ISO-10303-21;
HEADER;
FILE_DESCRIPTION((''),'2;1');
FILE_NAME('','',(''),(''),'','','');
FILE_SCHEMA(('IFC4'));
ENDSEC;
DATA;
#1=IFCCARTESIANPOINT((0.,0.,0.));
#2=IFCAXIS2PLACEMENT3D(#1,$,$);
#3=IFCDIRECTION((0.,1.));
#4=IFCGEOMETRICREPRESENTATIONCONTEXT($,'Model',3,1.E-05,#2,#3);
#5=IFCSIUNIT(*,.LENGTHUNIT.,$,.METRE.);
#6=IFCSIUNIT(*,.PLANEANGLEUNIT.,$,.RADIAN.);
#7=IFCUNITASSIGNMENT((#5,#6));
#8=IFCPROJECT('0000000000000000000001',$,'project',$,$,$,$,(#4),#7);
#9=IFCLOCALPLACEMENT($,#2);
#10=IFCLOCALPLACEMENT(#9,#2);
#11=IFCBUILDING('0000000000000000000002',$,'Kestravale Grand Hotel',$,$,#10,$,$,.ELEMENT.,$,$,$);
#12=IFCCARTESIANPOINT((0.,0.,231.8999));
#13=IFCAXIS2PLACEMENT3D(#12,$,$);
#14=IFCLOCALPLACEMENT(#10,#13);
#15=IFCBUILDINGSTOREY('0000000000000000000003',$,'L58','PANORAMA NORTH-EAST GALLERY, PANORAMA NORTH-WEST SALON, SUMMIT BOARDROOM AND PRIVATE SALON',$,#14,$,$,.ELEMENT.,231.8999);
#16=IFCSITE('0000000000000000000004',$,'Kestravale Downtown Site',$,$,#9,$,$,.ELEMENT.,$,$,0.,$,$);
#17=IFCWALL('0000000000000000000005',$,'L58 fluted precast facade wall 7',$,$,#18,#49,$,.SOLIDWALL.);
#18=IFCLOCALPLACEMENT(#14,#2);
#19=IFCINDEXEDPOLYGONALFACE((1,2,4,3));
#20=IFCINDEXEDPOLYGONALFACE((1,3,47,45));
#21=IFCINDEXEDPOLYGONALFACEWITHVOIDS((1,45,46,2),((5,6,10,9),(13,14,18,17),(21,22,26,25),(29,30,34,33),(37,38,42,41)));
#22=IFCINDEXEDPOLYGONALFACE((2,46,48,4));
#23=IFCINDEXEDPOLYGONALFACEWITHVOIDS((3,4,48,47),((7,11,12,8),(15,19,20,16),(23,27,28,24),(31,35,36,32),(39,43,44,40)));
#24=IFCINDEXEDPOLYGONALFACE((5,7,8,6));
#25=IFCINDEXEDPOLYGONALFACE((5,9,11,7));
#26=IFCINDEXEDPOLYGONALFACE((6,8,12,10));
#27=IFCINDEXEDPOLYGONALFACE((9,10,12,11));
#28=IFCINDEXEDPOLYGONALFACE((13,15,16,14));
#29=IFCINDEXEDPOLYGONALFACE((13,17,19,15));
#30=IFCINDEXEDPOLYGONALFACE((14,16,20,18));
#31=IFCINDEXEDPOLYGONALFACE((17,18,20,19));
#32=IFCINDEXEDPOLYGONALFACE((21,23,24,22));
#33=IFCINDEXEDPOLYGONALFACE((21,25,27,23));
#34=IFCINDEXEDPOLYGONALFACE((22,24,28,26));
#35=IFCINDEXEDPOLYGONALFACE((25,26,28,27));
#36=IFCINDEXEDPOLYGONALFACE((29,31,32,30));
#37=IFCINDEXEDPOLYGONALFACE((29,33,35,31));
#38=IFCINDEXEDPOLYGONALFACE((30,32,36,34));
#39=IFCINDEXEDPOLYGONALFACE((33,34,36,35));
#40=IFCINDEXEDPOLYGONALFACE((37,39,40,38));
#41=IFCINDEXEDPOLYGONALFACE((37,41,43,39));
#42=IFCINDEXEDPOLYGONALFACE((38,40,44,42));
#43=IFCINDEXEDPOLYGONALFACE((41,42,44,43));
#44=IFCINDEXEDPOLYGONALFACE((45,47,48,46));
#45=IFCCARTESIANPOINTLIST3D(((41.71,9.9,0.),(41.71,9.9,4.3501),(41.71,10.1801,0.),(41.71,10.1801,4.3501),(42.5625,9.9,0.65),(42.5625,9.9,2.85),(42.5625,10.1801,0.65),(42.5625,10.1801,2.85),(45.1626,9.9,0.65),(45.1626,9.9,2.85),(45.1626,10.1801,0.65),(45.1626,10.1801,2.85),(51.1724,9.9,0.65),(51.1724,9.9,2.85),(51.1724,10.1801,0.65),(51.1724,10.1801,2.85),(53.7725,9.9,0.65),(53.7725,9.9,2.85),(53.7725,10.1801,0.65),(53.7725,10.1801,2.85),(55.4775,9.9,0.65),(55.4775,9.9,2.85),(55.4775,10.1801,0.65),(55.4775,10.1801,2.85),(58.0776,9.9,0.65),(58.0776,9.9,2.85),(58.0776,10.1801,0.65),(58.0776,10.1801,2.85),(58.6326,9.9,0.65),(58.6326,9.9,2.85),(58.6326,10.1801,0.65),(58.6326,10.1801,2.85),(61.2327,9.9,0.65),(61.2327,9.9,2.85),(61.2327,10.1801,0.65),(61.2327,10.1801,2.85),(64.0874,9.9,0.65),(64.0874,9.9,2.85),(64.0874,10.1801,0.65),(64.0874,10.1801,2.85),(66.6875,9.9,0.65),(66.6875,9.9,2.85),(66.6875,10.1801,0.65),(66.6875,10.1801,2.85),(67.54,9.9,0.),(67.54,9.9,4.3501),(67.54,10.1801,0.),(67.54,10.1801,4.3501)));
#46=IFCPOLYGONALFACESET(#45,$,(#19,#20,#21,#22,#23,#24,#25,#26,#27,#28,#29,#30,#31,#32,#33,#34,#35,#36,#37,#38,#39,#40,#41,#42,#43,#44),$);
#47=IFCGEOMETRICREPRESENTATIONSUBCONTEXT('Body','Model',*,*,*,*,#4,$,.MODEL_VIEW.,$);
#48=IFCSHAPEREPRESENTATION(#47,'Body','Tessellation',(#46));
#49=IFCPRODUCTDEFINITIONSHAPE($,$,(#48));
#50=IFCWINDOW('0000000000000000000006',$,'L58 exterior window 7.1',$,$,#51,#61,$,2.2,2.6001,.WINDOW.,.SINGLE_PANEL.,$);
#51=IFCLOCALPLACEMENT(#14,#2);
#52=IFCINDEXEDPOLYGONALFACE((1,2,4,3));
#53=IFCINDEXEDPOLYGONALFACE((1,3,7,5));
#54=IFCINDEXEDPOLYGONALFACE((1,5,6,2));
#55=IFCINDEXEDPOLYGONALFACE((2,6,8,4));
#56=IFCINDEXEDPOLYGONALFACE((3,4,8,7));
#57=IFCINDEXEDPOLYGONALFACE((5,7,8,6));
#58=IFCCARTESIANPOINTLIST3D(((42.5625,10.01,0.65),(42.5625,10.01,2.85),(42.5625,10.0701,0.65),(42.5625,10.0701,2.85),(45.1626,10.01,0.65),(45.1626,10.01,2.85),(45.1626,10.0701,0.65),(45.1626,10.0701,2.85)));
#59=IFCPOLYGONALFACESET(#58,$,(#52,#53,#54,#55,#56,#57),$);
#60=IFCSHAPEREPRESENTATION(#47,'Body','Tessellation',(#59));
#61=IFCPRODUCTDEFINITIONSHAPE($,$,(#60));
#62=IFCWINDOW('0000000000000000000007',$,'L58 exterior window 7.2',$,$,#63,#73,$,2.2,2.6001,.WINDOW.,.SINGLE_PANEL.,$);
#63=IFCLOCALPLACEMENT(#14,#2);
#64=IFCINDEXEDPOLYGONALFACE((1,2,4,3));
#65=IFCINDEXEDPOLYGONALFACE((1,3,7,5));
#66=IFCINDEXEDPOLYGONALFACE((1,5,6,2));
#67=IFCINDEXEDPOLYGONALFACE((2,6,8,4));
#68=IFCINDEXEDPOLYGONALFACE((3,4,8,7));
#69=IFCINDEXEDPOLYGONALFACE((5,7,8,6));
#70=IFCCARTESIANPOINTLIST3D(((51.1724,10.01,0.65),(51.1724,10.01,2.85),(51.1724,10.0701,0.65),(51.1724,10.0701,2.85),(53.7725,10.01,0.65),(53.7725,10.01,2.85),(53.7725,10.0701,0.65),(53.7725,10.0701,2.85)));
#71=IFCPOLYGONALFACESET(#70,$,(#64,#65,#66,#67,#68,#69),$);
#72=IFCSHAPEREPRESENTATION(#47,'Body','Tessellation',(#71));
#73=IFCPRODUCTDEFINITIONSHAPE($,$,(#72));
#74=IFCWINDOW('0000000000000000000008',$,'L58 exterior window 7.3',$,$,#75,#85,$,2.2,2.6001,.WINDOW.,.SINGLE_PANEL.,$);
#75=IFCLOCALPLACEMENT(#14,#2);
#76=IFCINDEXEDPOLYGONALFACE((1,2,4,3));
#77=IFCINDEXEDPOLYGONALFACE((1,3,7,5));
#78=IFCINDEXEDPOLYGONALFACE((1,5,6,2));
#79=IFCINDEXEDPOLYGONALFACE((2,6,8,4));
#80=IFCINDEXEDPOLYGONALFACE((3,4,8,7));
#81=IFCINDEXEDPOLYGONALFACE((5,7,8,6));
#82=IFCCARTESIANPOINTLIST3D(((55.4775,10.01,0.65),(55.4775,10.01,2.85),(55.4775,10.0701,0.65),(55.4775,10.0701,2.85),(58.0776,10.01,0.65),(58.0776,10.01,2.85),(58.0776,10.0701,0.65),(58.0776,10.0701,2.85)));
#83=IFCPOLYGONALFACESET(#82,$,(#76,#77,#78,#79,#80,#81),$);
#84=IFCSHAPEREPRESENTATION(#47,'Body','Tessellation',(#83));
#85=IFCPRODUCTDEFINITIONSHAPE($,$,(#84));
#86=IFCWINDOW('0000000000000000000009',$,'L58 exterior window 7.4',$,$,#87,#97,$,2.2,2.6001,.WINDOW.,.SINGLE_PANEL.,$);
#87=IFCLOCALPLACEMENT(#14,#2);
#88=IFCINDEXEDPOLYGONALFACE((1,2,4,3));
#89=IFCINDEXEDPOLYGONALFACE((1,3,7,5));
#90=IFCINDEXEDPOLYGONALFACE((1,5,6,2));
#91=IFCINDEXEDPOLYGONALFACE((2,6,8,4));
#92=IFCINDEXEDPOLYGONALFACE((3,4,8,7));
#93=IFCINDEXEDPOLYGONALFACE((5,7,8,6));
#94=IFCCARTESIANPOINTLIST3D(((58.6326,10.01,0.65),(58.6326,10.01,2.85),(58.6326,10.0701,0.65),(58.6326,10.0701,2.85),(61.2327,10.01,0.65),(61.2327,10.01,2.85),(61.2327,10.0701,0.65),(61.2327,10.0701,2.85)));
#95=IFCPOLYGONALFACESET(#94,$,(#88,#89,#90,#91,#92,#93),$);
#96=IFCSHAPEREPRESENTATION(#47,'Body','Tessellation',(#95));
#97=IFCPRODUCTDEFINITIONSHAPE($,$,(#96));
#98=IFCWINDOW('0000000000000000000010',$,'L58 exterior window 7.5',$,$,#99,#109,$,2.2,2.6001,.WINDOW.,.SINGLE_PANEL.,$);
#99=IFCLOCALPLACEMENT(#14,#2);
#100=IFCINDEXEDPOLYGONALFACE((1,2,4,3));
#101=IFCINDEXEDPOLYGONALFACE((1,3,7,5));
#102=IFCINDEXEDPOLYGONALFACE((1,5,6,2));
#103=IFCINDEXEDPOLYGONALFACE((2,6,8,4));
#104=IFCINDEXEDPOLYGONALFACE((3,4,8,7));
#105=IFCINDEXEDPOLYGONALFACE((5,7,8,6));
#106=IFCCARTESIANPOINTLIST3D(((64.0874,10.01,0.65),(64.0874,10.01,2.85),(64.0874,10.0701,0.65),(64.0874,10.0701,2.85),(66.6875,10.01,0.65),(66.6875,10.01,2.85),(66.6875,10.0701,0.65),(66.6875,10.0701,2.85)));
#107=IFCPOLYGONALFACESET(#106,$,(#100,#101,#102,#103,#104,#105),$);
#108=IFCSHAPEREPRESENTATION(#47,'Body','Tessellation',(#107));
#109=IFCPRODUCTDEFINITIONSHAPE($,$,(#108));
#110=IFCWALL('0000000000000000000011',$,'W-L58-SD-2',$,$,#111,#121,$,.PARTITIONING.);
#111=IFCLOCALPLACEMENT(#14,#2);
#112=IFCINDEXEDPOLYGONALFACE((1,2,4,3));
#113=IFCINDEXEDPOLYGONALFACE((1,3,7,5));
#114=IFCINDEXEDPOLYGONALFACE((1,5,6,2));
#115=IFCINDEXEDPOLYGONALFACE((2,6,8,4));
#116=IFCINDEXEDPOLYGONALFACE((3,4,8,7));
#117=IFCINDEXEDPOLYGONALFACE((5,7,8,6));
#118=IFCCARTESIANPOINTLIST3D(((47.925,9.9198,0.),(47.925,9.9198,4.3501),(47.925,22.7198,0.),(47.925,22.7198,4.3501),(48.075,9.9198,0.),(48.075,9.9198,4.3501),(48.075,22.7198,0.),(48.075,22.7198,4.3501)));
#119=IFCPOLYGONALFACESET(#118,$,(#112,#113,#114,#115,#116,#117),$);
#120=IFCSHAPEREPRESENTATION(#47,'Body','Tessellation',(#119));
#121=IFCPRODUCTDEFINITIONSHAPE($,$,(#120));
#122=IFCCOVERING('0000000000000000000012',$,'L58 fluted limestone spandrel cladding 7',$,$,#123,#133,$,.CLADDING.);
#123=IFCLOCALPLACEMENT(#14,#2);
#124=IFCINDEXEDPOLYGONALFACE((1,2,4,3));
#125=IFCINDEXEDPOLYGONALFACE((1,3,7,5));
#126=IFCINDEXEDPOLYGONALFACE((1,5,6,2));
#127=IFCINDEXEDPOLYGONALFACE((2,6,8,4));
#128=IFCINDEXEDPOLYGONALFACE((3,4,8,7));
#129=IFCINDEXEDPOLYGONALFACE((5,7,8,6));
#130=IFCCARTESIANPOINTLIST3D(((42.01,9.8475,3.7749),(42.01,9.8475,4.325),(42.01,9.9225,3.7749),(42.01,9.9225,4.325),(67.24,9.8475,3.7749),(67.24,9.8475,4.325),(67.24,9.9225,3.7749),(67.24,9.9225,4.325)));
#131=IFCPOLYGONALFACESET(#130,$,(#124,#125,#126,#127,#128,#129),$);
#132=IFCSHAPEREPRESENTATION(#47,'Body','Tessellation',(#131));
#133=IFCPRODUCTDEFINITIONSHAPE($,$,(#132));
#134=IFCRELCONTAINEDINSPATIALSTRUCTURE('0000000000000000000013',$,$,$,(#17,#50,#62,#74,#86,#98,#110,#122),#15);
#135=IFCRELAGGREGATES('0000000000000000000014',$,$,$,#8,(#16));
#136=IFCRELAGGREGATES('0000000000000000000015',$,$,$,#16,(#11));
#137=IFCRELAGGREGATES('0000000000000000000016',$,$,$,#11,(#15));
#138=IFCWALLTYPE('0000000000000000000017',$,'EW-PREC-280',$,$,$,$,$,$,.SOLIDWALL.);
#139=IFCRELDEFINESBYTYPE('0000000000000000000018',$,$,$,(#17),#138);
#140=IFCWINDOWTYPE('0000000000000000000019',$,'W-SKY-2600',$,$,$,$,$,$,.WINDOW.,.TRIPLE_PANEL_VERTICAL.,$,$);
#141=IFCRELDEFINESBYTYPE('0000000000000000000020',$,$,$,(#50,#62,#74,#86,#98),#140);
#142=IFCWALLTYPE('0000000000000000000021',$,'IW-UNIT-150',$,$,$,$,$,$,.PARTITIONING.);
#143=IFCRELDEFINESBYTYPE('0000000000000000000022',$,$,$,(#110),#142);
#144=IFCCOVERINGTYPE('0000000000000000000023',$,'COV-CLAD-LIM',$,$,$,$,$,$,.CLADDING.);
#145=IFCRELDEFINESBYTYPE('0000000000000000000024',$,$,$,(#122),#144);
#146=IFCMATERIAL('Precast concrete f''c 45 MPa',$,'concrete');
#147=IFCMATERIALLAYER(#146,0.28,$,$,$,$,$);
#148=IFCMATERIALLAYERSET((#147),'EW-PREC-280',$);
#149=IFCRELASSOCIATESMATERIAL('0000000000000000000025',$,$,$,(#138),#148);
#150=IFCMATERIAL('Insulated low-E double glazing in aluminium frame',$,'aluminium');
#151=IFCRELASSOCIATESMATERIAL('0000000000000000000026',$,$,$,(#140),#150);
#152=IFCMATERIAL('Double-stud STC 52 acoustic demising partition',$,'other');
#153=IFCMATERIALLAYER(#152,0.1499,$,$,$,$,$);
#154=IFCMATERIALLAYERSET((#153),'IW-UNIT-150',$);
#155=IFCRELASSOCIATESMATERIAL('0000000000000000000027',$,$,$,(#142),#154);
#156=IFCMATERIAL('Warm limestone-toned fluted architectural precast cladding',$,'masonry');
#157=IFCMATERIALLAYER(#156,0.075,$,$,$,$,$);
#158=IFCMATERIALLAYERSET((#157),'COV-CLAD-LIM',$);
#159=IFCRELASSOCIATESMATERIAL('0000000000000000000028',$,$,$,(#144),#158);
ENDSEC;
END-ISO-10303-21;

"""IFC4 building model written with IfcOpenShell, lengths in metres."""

from ifc_helpers import new_model, si_unit, direction, frame, frame_2d, origin, origin_2d, place, context, subcontext, project, spatial, rectangle, extrude, material, layer, layer_set, type_object, element, fill, save


model = new_model("IFC4")

# Units and contexts
model_context = context("Model", 3, precision=1e-05, world=origin(), true_north=direction((0.0, 1.0)))
body_context = subcontext(model_context, "Body", "Model", "MODEL_VIEW")
ifc_project = project(units=[si_unit("LENGTHUNIT", "METRE"), si_unit("PLANEANGLEUNIT", "RADIAN")], contexts=[model_context])

# Site, building, storey
site_placement = place(None, origin())
site = spatial("IfcSite", under=ifc_project, at=site_placement, Name="Kestravale Downtown Site", CompositionType="ELEMENT", RefElevation=0.0)
building_placement = place(site_placement, origin())
building = spatial("IfcBuilding", under=site, at=building_placement, Name="Kestravale Grand Hotel", CompositionType="ELEMENT")
storey_placement = place(building_placement, frame((0.0, 0.0, 231.8999)))
storey = spatial("IfcBuildingStorey", under=building, at=storey_placement, Name="L58", Description="PANORAMA NORTH-EAST GALLERY, PANORAMA NORTH-WEST SALON, SUMMIT BOARDROOM AND PRIVATE SALON", CompositionType="ELEMENT", Elevation=231.8999)

# Shared definitions
ifc_material_1 = material(Name="Precast concrete f'c 45 MPa", Category="concrete")
ifc_layer_1 = layer(ifc_material_1, 0.28)
ifc_layer_set_1 = layer_set([ifc_layer_1], Name="EW-PREC-280")
wall_type_1 = type_object("IfcWallType", Name="EW-PREC-280", PredefinedType="SOLIDWALL", material=ifc_layer_set_1)

# Wall, openings, windows
wall_1_placement = place(storey_placement, frame((41.71, 10.04, 0.0), z_axis=(0.0, 0.0, 1.0), x_axis=(1.0, 0.0, 0.0)))
wall_1 = element("IfcWall", 1, at=wall_1_placement, inside=storey, type_object=wall_type_1, Name="L58 fluted precast facade wall 7", PredefinedType="SOLIDWALL", context=body_context, shape_type="SweptSolid", body=[
    extrude(rectangle(XDim=25.8301, YDim=0.28, at=frame_2d((12.915, 0.0))), origin(), (0.0, 0.0, 1.0), 4.3501),
])
opening_1_placement = place(wall_1_placement, frame((0.8525, 0.0, 0.6499)))
opening_1 = element("IfcOpeningElement", 2, at=opening_1_placement, cuts=wall_1, PredefinedType="OPENING", context=body_context, shape_type="SweptSolid", body=[
    extrude(rectangle(XDim=2.6001, YDim=2.2, at=frame_2d((1.3, 1.1001))), frame((0.0, 0.1499, 0.0), z_axis=(0.0, -1.0, 0.0), x_axis=(1.0, 0.0, 0.0)), (0.0, 0.0, 1.0), 0.3),
])
opening_2_placement = place(wall_1_placement, frame((9.4624, 0.0, 0.6499)))
opening_2 = element("IfcOpeningElement", 3, at=opening_2_placement, cuts=wall_1, PredefinedType="OPENING", context=body_context, shape_type="SweptSolid", body=[
    extrude(rectangle(XDim=2.6001, YDim=2.2, at=frame_2d((1.3, 1.1001))), frame((0.0, 0.1499, 0.0), z_axis=(0.0, -1.0, 0.0), x_axis=(1.0, 0.0, 0.0)), (0.0, 0.0, 1.0), 0.3),
])
opening_3_placement = place(wall_1_placement, frame((13.7676, 0.0, 0.6499)))
opening_3 = element("IfcOpeningElement", 4, at=opening_3_placement, cuts=wall_1, PredefinedType="OPENING", context=body_context, shape_type="SweptSolid", body=[
    extrude(rectangle(XDim=2.6001, YDim=2.2, at=frame_2d((1.3, 1.1001))), frame((0.0, 0.1499, 0.0), z_axis=(0.0, -1.0, 0.0), x_axis=(1.0, 0.0, 0.0)), (0.0, 0.0, 1.0), 0.3),
])
opening_4_placement = place(wall_1_placement, frame((16.9226, 0.0, 0.6499)))
opening_4 = element("IfcOpeningElement", 5, at=opening_4_placement, cuts=wall_1, PredefinedType="OPENING", context=body_context, shape_type="SweptSolid", body=[
    extrude(rectangle(XDim=2.6001, YDim=2.2, at=frame_2d((1.3, 1.1001))), frame((0.0, 0.1499, 0.0), z_axis=(0.0, -1.0, 0.0), x_axis=(1.0, 0.0, 0.0)), (0.0, 0.0, 1.0), 0.3),
])
opening_5_placement = place(wall_1_placement, frame((22.3774, 0.0, 0.6499)))
opening_5 = element("IfcOpeningElement", 6, at=opening_5_placement, cuts=wall_1, PredefinedType="OPENING", context=body_context, shape_type="SweptSolid", body=[
    extrude(rectangle(XDim=2.6001, YDim=2.2, at=frame_2d((1.3, 1.1001))), frame((0.0, 0.1499, 0.0), z_axis=(0.0, -1.0, 0.0), x_axis=(1.0, 0.0, 0.0)), (0.0, 0.0, 1.0), 0.3),
])
ifc_material_2 = material(Name="Insulated low-E double glazing in aluminium frame", Category="aluminium")
window_type = type_object("IfcWindowType", Name="W-SKY-2600", PartitioningType="TRIPLE_PANEL_VERTICAL", PredefinedType="WINDOW", material=ifc_material_2)
window_1_placement = place(opening_1_placement, origin())
window_1 = element("IfcWindow", 7, at=window_1_placement, inside=storey, type_object=window_type, Name="L58 exterior window 7.1", OverallHeight=2.2, OverallWidth=2.6001, PartitioningType="SINGLE_PANEL", PredefinedType="WINDOW", context=body_context, shape_type="SweptSolid", body=[
    extrude(rectangle(XDim=2.6001, YDim=2.2, at=frame_2d((1.3, 1.1001))), frame((0.0, 0.03, 0.0), z_axis=(0.0, -1.0, 0.0), x_axis=(1.0, 0.0, 0.0)), (0.0, 0.0, 1.0), 0.0601),
])
fill(opening_1, window_1)
window_2_placement = place(opening_2_placement, origin())
window_2 = element("IfcWindow", 8, at=window_2_placement, inside=storey, type_object=window_type, Name="L58 exterior window 7.2", OverallHeight=2.2, OverallWidth=2.6001, PartitioningType="SINGLE_PANEL", PredefinedType="WINDOW", context=body_context, shape_type="SweptSolid", body=[
    extrude(rectangle(XDim=2.6001, YDim=2.2, at=frame_2d((1.3, 1.1001))), frame((0.0, 0.03, 0.0), z_axis=(0.0, -1.0, 0.0), x_axis=(1.0, 0.0, 0.0)), (0.0, 0.0, 1.0), 0.0601),
])
fill(opening_2, window_2)
window_3_placement = place(opening_3_placement, origin())
window_3 = element("IfcWindow", 9, at=window_3_placement, inside=storey, type_object=window_type, Name="L58 exterior window 7.3", OverallHeight=2.2, OverallWidth=2.6001, PartitioningType="SINGLE_PANEL", PredefinedType="WINDOW", context=body_context, shape_type="SweptSolid", body=[
    extrude(rectangle(XDim=2.6001, YDim=2.2, at=frame_2d((1.3, 1.1001))), frame((0.0, 0.03, 0.0), z_axis=(0.0, -1.0, 0.0), x_axis=(1.0, 0.0, 0.0)), (0.0, 0.0, 1.0), 0.0601),
])
fill(opening_3, window_3)
window_4_placement = place(opening_4_placement, origin())
window_4 = element("IfcWindow", 10, at=window_4_placement, inside=storey, type_object=window_type, Name="L58 exterior window 7.4", OverallHeight=2.2, OverallWidth=2.6001, PartitioningType="SINGLE_PANEL", PredefinedType="WINDOW", context=body_context, shape_type="SweptSolid", body=[
    extrude(rectangle(XDim=2.6001, YDim=2.2, at=frame_2d((1.3, 1.1001))), frame((0.0, 0.03, 0.0), z_axis=(0.0, -1.0, 0.0), x_axis=(1.0, 0.0, 0.0)), (0.0, 0.0, 1.0), 0.0601),
])
fill(opening_4, window_4)
window_5_placement = place(opening_5_placement, origin())
window_5 = element("IfcWindow", 11, at=window_5_placement, inside=storey, type_object=window_type, Name="L58 exterior window 7.5", OverallHeight=2.2, OverallWidth=2.6001, PartitioningType="SINGLE_PANEL", PredefinedType="WINDOW", context=body_context, shape_type="SweptSolid", body=[
    extrude(rectangle(XDim=2.6001, YDim=2.2, at=frame_2d((1.3, 1.1001))), frame((0.0, 0.03, 0.0), z_axis=(0.0, -1.0, 0.0), x_axis=(1.0, 0.0, 0.0)), (0.0, 0.0, 1.0), 0.0601),
])
fill(opening_5, window_5)

# Wall
ifc_material_3 = material(Name="Double-stud STC 52 acoustic demising partition", Category="other")
ifc_layer_2 = layer(ifc_material_3, 0.1499)
ifc_layer_set_2 = layer_set([ifc_layer_2], Name="IW-UNIT-150")
wall_type_2 = type_object("IfcWallType", Name="IW-UNIT-150", PredefinedType="PARTITIONING", material=ifc_layer_set_2)
wall_2_placement = place(storey_placement, frame((48.0, 9.9199, 0.0), z_axis=(0.0, 0.0, 1.0), x_axis=(0.0, 1.0, 0.0)))
element("IfcWall", 12, at=wall_2_placement, inside=storey, type_object=wall_type_2, Name="W-L58-SD-2", PredefinedType="PARTITIONING", context=body_context, shape_type="SweptSolid", body=[
    extrude(rectangle(XDim=12.8, YDim=0.1499, at=frame_2d((6.3999, 0.0))), origin(), (0.0, 0.0, 1.0), 4.3501),
])

# Covering
ifc_material_4 = material(Name="Warm limestone-toned fluted architectural precast cladding", Category="masonry")
ifc_layer_3 = layer(ifc_material_4, 0.075)
ifc_layer_set_3 = layer_set([ifc_layer_3], Name="COV-CLAD-LIM")
covering_type = type_object("IfcCoveringType", Name="COV-CLAD-LIM", PredefinedType="CLADDING", material=ifc_layer_set_3)
covering_placement = place(storey_placement, frame((54.625, 9.885, 3.7749), z_axis=(0.0, 0.0, 1.0), x_axis=(1.0, 0.0, 0.0)))
element("IfcCovering", 13, at=covering_placement, inside=storey, type_object=covering_type, Name="L58 fluted limestone spandrel cladding 7", PredefinedType="CLADDING", context=body_context, shape_type="SweptSolid", body=[
    extrude(rectangle(XDim=25.23, YDim=0.075, at=origin_2d()), origin(), (0.0, 0.0, 1.0), 0.55),
])

save(model, "model.ifc")
